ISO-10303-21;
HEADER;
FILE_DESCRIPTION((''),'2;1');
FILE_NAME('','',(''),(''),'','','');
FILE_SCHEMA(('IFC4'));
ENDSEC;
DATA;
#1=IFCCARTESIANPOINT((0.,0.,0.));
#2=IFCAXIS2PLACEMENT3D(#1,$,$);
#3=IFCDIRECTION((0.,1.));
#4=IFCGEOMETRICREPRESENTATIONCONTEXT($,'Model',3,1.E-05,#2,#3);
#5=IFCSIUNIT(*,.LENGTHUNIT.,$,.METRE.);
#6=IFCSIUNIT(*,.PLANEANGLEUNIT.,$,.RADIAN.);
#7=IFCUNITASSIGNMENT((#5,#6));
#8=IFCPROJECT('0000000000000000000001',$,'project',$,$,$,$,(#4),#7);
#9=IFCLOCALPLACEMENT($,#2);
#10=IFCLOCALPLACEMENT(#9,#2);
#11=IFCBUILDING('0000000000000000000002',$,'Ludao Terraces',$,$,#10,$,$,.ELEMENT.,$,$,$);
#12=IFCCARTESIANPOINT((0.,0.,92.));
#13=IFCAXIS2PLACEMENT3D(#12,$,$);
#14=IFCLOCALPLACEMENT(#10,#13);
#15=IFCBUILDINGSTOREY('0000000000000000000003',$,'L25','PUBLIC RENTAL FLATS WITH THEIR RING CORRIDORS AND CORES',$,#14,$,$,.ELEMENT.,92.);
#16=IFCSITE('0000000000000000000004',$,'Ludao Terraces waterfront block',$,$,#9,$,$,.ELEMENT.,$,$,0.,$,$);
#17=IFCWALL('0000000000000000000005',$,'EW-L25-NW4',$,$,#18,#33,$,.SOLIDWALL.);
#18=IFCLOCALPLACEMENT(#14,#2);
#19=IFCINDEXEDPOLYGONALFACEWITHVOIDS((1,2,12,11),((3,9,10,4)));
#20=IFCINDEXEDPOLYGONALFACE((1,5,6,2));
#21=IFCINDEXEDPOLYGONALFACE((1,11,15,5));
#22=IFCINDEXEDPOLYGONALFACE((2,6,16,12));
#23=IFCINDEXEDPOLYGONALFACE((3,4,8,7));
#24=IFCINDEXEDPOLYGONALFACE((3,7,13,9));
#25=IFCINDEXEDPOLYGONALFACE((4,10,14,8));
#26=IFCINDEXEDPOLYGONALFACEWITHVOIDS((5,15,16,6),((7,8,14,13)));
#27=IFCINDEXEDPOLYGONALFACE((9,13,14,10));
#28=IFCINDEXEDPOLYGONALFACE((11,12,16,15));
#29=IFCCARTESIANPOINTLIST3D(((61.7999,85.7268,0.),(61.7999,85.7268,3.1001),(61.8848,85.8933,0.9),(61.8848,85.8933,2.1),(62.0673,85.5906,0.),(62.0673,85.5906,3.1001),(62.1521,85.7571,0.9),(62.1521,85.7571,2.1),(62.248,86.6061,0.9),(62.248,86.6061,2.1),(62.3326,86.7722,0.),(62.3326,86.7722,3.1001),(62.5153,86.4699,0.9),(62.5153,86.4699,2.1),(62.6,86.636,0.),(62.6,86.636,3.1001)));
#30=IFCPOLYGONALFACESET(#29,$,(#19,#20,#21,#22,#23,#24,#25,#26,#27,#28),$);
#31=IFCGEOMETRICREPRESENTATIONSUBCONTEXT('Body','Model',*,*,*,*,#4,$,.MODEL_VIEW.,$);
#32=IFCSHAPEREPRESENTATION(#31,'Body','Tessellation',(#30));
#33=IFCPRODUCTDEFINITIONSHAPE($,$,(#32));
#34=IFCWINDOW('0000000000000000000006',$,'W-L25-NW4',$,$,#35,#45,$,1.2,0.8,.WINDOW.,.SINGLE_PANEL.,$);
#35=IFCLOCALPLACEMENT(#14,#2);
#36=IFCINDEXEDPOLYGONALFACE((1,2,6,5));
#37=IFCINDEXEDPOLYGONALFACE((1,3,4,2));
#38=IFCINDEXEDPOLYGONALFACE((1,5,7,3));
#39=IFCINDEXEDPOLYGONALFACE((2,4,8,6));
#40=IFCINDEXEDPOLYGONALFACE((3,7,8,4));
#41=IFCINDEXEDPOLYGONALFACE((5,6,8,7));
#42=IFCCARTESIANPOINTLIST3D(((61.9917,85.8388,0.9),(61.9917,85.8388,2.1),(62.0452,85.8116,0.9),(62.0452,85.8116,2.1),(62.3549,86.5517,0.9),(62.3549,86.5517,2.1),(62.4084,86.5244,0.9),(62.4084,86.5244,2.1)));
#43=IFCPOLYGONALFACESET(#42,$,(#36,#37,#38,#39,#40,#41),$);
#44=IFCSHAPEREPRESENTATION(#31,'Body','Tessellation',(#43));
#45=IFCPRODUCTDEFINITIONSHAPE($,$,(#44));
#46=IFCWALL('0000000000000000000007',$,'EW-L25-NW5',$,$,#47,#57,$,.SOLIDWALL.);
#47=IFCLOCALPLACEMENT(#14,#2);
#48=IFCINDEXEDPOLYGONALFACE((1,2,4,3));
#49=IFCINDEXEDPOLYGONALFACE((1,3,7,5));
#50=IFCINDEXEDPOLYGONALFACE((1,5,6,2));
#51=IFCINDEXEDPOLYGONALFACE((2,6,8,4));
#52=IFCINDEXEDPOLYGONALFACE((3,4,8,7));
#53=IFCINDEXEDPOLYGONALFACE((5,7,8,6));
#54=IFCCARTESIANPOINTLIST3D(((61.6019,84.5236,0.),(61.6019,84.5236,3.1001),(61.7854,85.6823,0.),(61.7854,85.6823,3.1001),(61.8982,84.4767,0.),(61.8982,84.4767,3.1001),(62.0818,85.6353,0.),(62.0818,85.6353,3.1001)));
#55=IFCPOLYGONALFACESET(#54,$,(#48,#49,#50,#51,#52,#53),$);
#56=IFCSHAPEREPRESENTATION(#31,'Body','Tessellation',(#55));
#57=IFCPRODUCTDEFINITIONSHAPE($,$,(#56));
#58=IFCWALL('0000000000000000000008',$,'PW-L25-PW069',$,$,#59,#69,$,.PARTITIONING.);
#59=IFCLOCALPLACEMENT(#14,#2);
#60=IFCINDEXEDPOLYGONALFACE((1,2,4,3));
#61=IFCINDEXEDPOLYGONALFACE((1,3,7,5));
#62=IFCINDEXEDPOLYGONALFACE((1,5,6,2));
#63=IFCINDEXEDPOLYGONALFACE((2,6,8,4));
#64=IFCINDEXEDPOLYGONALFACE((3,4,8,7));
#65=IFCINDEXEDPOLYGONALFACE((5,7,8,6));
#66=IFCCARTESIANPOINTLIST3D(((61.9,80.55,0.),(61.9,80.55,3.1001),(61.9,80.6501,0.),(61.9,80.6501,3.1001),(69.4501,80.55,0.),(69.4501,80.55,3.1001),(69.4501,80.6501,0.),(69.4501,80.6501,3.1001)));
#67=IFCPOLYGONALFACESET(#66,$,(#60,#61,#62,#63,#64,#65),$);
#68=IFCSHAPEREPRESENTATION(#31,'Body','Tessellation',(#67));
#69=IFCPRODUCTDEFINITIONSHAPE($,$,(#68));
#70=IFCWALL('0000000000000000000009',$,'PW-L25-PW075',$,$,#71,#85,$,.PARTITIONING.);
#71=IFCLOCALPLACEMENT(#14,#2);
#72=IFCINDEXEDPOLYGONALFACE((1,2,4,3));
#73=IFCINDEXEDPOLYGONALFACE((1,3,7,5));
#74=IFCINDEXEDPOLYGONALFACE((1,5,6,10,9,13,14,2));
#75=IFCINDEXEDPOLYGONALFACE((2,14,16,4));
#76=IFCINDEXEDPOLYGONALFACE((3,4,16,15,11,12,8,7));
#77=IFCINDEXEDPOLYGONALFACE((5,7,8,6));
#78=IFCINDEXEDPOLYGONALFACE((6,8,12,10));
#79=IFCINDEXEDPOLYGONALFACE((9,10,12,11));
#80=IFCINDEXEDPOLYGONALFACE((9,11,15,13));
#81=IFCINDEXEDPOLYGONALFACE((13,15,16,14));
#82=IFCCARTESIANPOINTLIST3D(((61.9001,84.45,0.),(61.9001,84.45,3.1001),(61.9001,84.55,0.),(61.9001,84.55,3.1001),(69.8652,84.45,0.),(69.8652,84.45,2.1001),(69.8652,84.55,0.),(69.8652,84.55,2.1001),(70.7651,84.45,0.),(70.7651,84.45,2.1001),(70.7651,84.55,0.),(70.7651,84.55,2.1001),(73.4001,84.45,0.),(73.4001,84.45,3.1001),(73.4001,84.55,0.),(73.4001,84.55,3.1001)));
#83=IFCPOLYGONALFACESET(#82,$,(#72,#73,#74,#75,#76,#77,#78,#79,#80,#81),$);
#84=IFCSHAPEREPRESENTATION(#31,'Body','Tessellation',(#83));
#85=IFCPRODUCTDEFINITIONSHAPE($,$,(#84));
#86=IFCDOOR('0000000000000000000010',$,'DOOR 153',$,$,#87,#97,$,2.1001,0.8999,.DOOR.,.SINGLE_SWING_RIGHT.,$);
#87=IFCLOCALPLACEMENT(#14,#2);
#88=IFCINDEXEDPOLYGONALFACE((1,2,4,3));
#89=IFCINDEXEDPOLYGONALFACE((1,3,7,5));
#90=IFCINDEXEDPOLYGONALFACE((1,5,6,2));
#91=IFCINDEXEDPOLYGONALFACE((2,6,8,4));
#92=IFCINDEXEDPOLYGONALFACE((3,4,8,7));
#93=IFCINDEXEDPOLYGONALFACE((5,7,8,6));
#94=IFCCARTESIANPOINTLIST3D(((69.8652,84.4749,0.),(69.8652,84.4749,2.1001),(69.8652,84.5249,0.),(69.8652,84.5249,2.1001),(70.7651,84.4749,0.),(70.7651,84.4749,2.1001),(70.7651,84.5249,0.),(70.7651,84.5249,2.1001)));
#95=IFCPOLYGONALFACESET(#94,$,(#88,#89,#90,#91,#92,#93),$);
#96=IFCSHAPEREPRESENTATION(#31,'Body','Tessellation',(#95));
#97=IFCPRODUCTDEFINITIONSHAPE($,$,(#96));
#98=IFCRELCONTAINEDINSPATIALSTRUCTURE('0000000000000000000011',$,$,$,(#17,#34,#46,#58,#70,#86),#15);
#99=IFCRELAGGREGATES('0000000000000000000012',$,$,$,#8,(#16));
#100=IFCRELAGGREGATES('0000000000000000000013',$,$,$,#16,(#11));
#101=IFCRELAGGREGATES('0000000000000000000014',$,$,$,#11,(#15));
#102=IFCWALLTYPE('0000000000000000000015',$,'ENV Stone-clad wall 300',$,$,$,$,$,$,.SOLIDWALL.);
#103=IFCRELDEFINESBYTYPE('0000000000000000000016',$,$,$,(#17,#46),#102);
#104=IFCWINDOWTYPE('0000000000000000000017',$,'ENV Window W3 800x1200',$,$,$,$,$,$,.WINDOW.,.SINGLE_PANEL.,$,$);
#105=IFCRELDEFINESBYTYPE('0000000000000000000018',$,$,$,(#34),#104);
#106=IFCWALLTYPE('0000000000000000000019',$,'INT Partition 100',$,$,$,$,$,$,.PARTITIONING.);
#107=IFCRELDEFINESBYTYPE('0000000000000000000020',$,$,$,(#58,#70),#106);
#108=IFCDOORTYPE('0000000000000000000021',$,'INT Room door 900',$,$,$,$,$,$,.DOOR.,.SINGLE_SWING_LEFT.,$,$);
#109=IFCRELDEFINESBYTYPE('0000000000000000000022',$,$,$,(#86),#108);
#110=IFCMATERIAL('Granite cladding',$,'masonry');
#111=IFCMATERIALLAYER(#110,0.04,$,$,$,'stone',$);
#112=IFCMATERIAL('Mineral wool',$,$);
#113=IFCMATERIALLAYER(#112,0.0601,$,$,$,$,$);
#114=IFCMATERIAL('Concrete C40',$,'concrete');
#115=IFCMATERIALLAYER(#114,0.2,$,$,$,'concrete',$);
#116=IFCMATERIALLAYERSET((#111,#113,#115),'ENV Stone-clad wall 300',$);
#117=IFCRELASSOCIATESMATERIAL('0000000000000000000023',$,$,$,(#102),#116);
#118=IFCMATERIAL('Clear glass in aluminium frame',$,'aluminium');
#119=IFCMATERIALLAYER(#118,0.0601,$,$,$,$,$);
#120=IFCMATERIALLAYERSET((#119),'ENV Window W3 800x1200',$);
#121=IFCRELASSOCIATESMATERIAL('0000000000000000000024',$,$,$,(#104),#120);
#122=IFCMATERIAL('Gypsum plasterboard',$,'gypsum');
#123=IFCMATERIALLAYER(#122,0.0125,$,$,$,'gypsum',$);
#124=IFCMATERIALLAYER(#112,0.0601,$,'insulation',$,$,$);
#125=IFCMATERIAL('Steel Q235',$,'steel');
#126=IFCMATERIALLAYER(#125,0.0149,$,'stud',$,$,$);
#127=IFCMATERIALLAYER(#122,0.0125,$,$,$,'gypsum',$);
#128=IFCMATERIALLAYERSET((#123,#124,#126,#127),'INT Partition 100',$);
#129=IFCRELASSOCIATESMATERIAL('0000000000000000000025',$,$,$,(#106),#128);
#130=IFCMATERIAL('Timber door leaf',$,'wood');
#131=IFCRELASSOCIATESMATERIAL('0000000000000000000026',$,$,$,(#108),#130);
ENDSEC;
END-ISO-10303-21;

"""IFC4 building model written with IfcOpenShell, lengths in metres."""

from ifc_helpers import new_model, si_unit, direction, frame, frame_2d, origin, place, context, subcontext, project, spatial, rectangle, extrude, material, layer, layer_set, type_object, element, fill, save


model = new_model("IFC4")

# Units and contexts
model_context = context("Model", 3, precision=1e-05, world=origin(), true_north=direction((0.0, 1.0)))
body_context = subcontext(model_context, "Body", "Model", "MODEL_VIEW")
ifc_project = project(units=[si_unit("LENGTHUNIT", "METRE"), si_unit("PLANEANGLEUNIT", "RADIAN")], contexts=[model_context])

# Site, building, storey
site_placement = place(None, origin())
site = spatial("IfcSite", under=ifc_project, at=site_placement, Name="Ludao Terraces waterfront block", CompositionType="ELEMENT", RefElevation=0.0)
building_placement = place(site_placement, origin())
building = spatial("IfcBuilding", under=site, at=building_placement, Name="Ludao Terraces", CompositionType="ELEMENT")
storey_placement = place(building_placement, frame((0.0, 0.0, 92.0)))
storey = spatial("IfcBuildingStorey", under=building, at=storey_placement, Name="L25", Description="PUBLIC RENTAL FLATS WITH THEIR RING CORRIDORS AND CORES", CompositionType="ELEMENT", Elevation=92.0)

# Shared definitions
ifc_material_1 = material(Name="Concrete C40", Category="concrete")

# Wall, opening, window
ifc_material_2 = material(Name="Granite cladding", Category="masonry")
ifc_layer_1 = layer(ifc_material_2, 0.04, Category="stone")
ifc_material_3 = material(Name="Mineral wool")
ifc_layer_2 = layer(ifc_material_3, 0.0601)
ifc_layer_3 = layer(ifc_material_1, 0.2, Category="concrete")
ifc_layer_set_1 = layer_set([ifc_layer_1, ifc_layer_2, ifc_layer_3], Name="ENV Stone-clad wall 300")
wall_type_1 = type_object("IfcWallType", Name="ENV Stone-clad wall 300", PredefinedType="SOLIDWALL", material=ifc_layer_set_1)
ifc_material_4 = material(Name="Clear glass in aluminium frame", Category="aluminium")
ifc_layer_4 = layer(ifc_material_4, 0.0601)
ifc_layer_set_2 = layer_set([ifc_layer_4], Name="ENV Window W3 800x1200")
window_type_1 = type_object("IfcWindowType", Name="ENV Window W3 800x1200", PartitioningType="SINGLE_PANEL", PredefinedType="WINDOW", material=ifc_layer_set_2)
wall_1_placement = place(storey_placement, frame((62.4663, 86.7041, 0.0), z_axis=(0.0, 0.0, 1.0), x_axis=(-0.454026, -0.890989, 0.0)))
wall_1 = element("IfcWall", 1, at=wall_1_placement, inside=storey, type_object=wall_type_1, Name="EW-L25-NW4", PredefinedType="SOLIDWALL", context=body_context, shape_type="SweptSolid", body=[
    extrude(rectangle(XDim=1.1733, YDim=0.3, at=frame_2d((0.5867, 0.0))), origin(), (0.0, 0.0, 1.0), 3.1001),
])
opening_1_placement = place(wall_1_placement, frame((0.1865, 0.0, 0.8999)))
opening_1 = element("IfcOpeningElement", 2, at=opening_1_placement, cuts=wall_1, PredefinedType="OPENING", context=body_context, shape_type="SweptSolid", body=[
    extrude(rectangle(XDim=0.8, YDim=1.2, at=frame_2d((0.3999, 0.6001))), frame((0.0, 0.1602, 0.0), z_axis=(0.0, -1.0, 0.0), x_axis=(1.0, 0.0, 0.0)), (0.0, 0.0, 1.0), 0.3201),
])
window_1_placement = place(opening_1_placement, origin())
window_1 = element("IfcWindow", 3, at=window_1_placement, inside=storey, type_object=window_type_1, Name="W-L25-NW4", OverallHeight=1.2, OverallWidth=0.8, PartitioningType="SINGLE_PANEL", PredefinedType="WINDOW", context=body_context, shape_type="SweptSolid", body=[
    extrude(rectangle(XDim=0.8, YDim=1.2, at=frame_2d((0.3999, 0.6001))), frame((0.0, 0.03, 0.0), z_axis=(0.0, -1.0, 0.0), x_axis=(1.0, 0.0, 0.0)), (0.0, 0.0, 1.0), 0.0601),
])
fill(opening_1, window_1)

# Walls
wall_2_placement = place(storey_placement, frame((61.9336, 85.6587, 0.0), z_axis=(0.0, 0.0, 1.0), x_axis=(-0.156497, -0.987678, 0.0)))
element("IfcWall", 4, at=wall_2_placement, inside=storey, type_object=wall_type_1, Name="EW-L25-NW5", PredefinedType="SOLIDWALL", context=body_context, shape_type="SweptSolid", body=[
    extrude(rectangle(XDim=1.1731, YDim=0.3, at=frame_2d((0.5864, 0.0))), origin(), (0.0, 0.0, 1.0), 3.1001),
])
ifc_material_5 = material(Name="Gypsum plasterboard", Category="gypsum")
ifc_layer_5 = layer(ifc_material_5, 0.0125, Category="gypsum")
ifc_layer_6 = layer(ifc_material_3, 0.0601, Name="insulation")
ifc_material_6 = material(Name="Steel Q235", Category="steel")
ifc_layer_7 = layer(ifc_material_6, 0.0149, Name="stud")
ifc_layer_8 = layer(ifc_material_5, 0.0125, Category="gypsum")
ifc_layer_set_3 = layer_set([ifc_layer_5, ifc_layer_6, ifc_layer_7, ifc_layer_8], Name="INT Partition 100")
wall_type_2 = type_object("IfcWallType", Name="INT Partition 100", PredefinedType="PARTITIONING", material=ifc_layer_set_3)
wall_3_placement = place(storey_placement, frame((61.9001, 80.6001, 0.0), z_axis=(0.0, 0.0, 1.0), x_axis=(1.0, 0.0, 0.0)))
element("IfcWall", 5, at=wall_3_placement, inside=storey, type_object=wall_type_2, Name="PW-L25-PW069", PredefinedType="PARTITIONING", context=body_context, shape_type="SweptSolid", body=[
    extrude(rectangle(XDim=7.55, YDim=0.1001, at=frame_2d((3.7749, 0.0))), origin(), (0.0, 0.0, 1.0), 3.1001),
])

# Wall, opening, door
wall_4_placement = place(storey_placement, frame((61.9001, 84.5, 0.0), z_axis=(0.0, 0.0, 1.0), x_axis=(1.0, 0.0, 0.0)))
wall_4 = element("IfcWall", 6, at=wall_4_placement, inside=storey, type_object=wall_type_2, Name="PW-L25-PW075", PredefinedType="PARTITIONING", context=body_context, shape_type="SweptSolid", body=[
    extrude(rectangle(XDim=11.5, YDim=0.1001, at=frame_2d((5.75, 0.0))), origin(), (0.0, 0.0, 1.0), 3.1001),
])
opening_2_placement = place(wall_4_placement, frame((7.9651, 0.0, 0.0)))
opening_2 = element("IfcOpeningElement", 7, at=opening_2_placement, cuts=wall_4, PredefinedType="OPENING", context=body_context, shape_type="SweptSolid", body=[
    extrude(rectangle(XDim=0.8999, YDim=2.1001, at=frame_2d((0.45, 1.05))), frame((0.0, 0.0601, 0.0), z_axis=(0.0, -1.0, 0.0), x_axis=(1.0, 0.0, 0.0)), (0.0, 0.0, 1.0), 0.1201),
])
ifc_material_7 = material(Name="Timber door leaf", Category="wood")
door_type = type_object("IfcDoorType", Name="INT Room door 900", OperationType="SINGLE_SWING_LEFT", PredefinedType="DOOR", material=ifc_material_7)
door_placement = place(opening_2_placement, origin())
door = element("IfcDoor", 8, at=door_placement, inside=storey, type_object=door_type, Name="DOOR 153", OperationType="SINGLE_SWING_RIGHT", OverallHeight=2.1001, OverallWidth=0.8999, PredefinedType="DOOR", context=body_context, shape_type="SweptSolid", body=[
    extrude(rectangle(XDim=0.8999, YDim=2.1001, at=frame_2d((0.45, 1.05))), frame((0.0, 0.0249, 0.0), z_axis=(0.0, -1.0, 0.0), x_axis=(1.0, 0.0, 0.0)), (0.0, 0.0, 1.0), 0.05),
])
fill(opening_2, door)

save(model, "model.ifc")
